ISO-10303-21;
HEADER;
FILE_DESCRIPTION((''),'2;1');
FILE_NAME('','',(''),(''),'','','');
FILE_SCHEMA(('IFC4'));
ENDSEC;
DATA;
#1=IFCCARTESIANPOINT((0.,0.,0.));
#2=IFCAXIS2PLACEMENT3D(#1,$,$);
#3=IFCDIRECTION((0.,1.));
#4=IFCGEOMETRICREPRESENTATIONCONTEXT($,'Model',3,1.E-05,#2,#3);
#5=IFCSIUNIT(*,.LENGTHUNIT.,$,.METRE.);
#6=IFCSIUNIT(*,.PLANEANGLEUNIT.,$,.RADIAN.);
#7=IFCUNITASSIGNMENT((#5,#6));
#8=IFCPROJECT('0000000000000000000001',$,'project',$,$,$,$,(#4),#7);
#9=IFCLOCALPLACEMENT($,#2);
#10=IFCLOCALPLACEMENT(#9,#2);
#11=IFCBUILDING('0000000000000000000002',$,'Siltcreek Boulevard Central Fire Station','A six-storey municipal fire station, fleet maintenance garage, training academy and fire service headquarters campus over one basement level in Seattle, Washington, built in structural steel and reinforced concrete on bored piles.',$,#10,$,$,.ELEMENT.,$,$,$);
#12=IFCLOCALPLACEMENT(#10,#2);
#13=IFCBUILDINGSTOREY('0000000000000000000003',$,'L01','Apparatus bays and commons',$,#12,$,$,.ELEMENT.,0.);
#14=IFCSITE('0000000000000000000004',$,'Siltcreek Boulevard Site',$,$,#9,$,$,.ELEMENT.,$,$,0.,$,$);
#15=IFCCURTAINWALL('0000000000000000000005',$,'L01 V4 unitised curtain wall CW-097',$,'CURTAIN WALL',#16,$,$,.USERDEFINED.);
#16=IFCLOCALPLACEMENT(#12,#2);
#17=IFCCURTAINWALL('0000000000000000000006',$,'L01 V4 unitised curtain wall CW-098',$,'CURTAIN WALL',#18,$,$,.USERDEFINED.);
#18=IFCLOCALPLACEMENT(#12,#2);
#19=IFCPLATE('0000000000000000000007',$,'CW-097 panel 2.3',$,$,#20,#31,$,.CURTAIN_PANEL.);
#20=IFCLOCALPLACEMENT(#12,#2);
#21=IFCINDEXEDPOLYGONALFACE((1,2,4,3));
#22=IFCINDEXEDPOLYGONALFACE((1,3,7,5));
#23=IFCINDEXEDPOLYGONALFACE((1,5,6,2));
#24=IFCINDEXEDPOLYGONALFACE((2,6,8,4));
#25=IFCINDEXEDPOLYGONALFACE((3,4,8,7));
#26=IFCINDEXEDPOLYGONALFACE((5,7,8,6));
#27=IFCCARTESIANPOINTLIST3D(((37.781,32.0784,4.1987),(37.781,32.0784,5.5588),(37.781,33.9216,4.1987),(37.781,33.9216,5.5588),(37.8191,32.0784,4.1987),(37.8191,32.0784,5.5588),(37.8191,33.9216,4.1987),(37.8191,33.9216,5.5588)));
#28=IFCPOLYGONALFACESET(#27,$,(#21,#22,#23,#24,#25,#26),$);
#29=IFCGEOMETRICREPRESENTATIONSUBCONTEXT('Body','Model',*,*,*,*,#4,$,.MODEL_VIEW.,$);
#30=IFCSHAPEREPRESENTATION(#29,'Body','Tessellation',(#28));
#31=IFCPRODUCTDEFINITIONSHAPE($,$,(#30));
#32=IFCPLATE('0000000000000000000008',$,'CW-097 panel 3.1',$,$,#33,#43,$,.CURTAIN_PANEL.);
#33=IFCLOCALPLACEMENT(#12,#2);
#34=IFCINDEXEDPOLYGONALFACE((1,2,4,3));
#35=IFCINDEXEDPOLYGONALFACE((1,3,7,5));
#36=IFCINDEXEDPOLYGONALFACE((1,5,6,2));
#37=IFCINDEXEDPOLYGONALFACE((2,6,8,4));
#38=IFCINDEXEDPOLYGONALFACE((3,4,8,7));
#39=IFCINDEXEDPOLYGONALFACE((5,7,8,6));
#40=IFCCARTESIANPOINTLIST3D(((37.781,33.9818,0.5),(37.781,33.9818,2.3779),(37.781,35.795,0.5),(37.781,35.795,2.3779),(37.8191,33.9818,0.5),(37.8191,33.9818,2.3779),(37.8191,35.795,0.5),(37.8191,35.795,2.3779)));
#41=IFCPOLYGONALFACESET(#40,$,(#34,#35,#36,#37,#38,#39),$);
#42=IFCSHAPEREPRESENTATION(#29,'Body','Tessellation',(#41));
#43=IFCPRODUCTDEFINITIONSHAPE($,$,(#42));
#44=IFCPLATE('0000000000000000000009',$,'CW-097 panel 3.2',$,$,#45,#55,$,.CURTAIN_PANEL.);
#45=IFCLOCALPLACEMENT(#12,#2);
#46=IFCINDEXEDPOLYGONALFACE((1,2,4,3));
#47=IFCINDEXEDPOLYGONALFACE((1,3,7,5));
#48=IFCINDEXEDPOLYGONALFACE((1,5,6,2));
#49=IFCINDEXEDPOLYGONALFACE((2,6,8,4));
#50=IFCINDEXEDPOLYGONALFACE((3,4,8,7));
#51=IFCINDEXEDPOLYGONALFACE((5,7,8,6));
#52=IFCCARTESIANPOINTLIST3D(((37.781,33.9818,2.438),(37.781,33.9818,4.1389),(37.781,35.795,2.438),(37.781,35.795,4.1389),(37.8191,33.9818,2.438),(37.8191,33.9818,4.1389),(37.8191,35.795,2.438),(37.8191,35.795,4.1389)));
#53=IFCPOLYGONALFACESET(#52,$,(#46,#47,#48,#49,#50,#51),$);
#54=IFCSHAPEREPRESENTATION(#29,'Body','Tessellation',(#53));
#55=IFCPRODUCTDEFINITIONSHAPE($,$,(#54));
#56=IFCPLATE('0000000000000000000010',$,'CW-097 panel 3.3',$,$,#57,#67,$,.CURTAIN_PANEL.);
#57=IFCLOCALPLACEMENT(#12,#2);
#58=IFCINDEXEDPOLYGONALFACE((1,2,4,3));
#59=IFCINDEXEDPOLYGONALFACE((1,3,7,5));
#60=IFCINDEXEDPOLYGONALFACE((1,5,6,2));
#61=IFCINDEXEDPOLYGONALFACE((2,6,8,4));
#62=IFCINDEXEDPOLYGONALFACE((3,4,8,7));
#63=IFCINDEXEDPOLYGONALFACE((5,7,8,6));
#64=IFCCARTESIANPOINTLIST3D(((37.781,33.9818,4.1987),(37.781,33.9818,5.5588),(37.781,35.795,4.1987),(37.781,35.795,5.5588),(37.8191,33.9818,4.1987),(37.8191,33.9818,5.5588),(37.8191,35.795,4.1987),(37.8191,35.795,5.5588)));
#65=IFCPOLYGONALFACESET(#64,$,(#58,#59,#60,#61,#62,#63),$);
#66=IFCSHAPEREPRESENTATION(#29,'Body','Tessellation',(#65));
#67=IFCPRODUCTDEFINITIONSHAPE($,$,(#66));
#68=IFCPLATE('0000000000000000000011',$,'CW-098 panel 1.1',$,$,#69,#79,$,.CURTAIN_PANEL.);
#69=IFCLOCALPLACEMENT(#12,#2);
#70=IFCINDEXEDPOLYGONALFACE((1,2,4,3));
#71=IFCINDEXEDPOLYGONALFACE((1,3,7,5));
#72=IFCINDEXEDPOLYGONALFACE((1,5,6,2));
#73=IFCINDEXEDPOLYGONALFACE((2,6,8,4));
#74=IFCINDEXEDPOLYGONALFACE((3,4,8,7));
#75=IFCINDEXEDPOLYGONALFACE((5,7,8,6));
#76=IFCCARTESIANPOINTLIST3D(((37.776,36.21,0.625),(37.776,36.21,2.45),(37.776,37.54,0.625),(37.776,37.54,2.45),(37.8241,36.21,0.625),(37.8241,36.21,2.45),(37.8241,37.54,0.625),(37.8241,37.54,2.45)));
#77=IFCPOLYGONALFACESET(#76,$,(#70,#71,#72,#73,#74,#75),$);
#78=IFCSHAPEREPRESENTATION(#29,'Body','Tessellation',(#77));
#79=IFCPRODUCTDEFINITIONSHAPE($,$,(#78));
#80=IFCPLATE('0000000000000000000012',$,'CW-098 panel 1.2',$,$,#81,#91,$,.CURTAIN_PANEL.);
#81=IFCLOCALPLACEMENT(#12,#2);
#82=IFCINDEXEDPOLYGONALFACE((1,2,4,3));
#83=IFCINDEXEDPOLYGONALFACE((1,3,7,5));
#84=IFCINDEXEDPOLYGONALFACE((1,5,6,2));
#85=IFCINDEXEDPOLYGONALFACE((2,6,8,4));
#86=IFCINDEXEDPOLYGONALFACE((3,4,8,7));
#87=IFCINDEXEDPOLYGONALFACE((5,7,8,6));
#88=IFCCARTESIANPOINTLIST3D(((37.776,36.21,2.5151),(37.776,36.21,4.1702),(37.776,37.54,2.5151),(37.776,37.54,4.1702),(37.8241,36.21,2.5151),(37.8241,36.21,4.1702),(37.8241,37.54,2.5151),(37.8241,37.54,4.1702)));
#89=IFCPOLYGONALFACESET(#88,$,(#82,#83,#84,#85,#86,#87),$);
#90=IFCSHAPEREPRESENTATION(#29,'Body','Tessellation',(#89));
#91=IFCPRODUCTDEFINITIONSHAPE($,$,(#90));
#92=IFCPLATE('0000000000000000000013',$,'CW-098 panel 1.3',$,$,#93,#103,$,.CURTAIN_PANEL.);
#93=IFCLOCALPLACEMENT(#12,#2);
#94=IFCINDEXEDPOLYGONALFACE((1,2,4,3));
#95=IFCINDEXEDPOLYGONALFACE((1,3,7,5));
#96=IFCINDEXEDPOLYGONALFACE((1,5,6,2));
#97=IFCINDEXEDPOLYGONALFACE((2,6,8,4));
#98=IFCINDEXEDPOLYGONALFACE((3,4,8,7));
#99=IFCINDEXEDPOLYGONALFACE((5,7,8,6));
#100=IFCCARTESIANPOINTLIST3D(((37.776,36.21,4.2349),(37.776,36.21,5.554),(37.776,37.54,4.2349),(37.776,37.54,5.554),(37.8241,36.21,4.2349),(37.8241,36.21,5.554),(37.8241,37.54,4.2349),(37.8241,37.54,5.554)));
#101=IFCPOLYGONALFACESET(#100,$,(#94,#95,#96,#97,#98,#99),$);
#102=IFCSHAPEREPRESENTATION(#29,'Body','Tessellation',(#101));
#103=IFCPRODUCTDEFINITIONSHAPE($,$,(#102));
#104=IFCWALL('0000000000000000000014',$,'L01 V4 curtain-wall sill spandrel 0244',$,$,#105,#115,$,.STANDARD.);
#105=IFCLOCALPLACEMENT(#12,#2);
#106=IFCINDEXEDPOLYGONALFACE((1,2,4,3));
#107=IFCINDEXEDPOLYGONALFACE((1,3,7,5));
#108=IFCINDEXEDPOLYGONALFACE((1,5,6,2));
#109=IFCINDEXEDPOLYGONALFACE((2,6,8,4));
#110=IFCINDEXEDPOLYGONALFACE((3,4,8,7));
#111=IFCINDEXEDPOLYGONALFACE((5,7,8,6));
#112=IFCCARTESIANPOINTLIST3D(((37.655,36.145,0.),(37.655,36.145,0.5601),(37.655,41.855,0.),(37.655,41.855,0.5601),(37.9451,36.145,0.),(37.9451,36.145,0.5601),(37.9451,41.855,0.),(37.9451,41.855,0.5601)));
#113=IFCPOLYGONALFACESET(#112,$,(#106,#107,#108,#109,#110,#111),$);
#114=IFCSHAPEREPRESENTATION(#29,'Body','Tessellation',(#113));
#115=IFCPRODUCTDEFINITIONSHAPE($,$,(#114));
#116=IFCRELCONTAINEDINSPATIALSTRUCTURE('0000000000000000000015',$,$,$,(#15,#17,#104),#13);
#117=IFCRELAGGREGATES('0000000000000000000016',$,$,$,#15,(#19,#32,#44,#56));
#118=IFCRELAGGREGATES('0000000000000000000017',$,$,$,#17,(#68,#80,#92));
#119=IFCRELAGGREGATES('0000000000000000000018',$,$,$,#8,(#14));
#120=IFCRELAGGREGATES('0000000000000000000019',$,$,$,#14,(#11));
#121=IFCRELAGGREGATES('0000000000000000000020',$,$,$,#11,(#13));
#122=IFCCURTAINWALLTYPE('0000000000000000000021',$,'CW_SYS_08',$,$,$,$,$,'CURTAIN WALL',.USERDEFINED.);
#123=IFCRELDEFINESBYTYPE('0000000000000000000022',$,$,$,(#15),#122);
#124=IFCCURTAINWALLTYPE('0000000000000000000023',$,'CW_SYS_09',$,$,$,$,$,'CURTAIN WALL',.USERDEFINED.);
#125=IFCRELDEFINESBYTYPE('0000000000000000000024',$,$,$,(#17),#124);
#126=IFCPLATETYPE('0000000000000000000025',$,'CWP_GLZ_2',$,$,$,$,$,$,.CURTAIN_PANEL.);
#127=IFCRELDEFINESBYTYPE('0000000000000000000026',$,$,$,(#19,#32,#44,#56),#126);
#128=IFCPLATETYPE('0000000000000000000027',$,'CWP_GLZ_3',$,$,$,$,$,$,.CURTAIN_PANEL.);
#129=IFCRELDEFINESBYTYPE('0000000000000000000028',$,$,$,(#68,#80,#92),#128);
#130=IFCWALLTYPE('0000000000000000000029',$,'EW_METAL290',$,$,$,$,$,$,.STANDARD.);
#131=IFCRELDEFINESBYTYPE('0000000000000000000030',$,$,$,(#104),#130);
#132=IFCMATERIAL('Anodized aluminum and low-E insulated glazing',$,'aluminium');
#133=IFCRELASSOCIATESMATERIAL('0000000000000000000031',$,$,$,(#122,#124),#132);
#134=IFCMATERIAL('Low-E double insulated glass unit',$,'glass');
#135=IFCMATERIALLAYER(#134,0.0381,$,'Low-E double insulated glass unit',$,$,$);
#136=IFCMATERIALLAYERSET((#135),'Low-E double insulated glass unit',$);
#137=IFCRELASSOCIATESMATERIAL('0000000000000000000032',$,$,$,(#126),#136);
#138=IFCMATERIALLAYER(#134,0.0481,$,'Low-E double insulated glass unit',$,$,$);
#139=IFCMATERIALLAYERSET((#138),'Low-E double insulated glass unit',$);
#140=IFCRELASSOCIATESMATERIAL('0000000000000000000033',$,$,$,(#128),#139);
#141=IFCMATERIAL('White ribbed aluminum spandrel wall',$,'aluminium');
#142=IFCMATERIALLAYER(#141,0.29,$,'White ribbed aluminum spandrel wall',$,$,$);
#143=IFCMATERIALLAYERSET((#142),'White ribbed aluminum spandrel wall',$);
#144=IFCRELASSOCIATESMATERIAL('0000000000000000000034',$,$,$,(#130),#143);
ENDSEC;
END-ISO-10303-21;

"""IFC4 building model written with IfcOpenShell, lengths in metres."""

from ifc_helpers import new_model, si_unit, direction, frame, frame_2d, origin, origin_2d, place, context, subcontext, project, spatial, rectangle, extrude, material, layer, layer_set, type_object, element, aggregate, save


model = new_model("IFC4")

# Units and contexts
model_context = context("Model", 3, precision=1e-05, world=origin(), true_north=direction((0.0, 1.0)))
body_context = subcontext(model_context, "Body", "Model", "MODEL_VIEW")
ifc_project = project(units=[si_unit("LENGTHUNIT", "METRE"), si_unit("PLANEANGLEUNIT", "RADIAN")], contexts=[model_context])

# Site, building, storey
site_placement = place(None, origin())
site = spatial("IfcSite", under=ifc_project, at=site_placement, Name="Siltcreek Boulevard Site", CompositionType="ELEMENT", RefElevation=0.0)
building_placement = place(site_placement, origin())
building = spatial("IfcBuilding", under=site, at=building_placement, Name="Siltcreek Boulevard Central Fire Station", Description="A six-storey municipal fire station, fleet maintenance garage, training academy and fire service headquarters campus over one basement level in Seattle, Washington, built in structural steel and reinforced concrete on bored piles.", CompositionType="ELEMENT")
storey_placement = place(building_placement, origin())
storey = spatial("IfcBuildingStorey", under=building, at=storey_placement, Name="L01", Description="Apparatus bays and commons", CompositionType="ELEMENT", Elevation=0.0)

# Curtain walls
ifc_material_1 = material(Name="Anodized aluminum and low-E insulated glazing", Category="aluminium")
curtain_wall_type_1 = type_object("IfcCurtainWallType", Name="CW_SYS_08", ElementType="CURTAIN WALL", PredefinedType="USERDEFINED", material=ifc_material_1)
curtain_wall_1_placement = place(storey_placement, origin())
curtain_wall_1 = element("IfcCurtainWall", 1, at=curtain_wall_1_placement, inside=storey, type_object=curtain_wall_type_1, Name="L01 V4 unitised curtain wall CW-097", ObjectType="CURTAIN WALL", PredefinedType="USERDEFINED")
curtain_wall_type_2 = type_object("IfcCurtainWallType", Name="CW_SYS_09", ElementType="CURTAIN WALL", PredefinedType="USERDEFINED", material=ifc_material_1)
curtain_wall_2_placement = place(storey_placement, origin())
curtain_wall_2 = element("IfcCurtainWall", 2, at=curtain_wall_2_placement, inside=storey, type_object=curtain_wall_type_2, Name="L01 V4 unitised curtain wall CW-098", ObjectType="CURTAIN WALL", PredefinedType="USERDEFINED")

# Plates
ifc_material_2 = material(Name="Low-E double insulated glass unit", Category="glass")
ifc_layer_1 = layer(ifc_material_2, 0.0381, Name="Low-E double insulated glass unit")
ifc_layer_set_1 = layer_set([ifc_layer_1], Name="Low-E double insulated glass unit")
plate_type_1 = type_object("IfcPlateType", Name="CWP_GLZ_2", PredefinedType="CURTAIN_PANEL", material=ifc_layer_set_1)
plate_1_placement = place(storey_placement, frame((37.8, 33.0, 4.1987), z_axis=(0.0, 0.0, 1.0), x_axis=(0.0, 1.0, 0.0)))
plate_1 = element("IfcPlate", 3, at=plate_1_placement, type_object=plate_type_1, Name="CW-097 panel 2.3", PredefinedType="CURTAIN_PANEL", context=body_context, shape_type="SweptSolid", body=[
    extrude(rectangle(XDim=1.8433, YDim=0.0381, at=origin_2d()), origin(), (0.0, 0.0, 1.0), 1.3601),
])
plate_2_placement = place(storey_placement, frame((37.8, 34.8884, 0.5), z_axis=(0.0, 0.0, 1.0), x_axis=(0.0, 1.0, 0.0)))
plate_2 = element("IfcPlate", 4, at=plate_2_placement, type_object=plate_type_1, Name="CW-097 panel 3.1", PredefinedType="CURTAIN_PANEL", context=body_context, shape_type="SweptSolid", body=[
    extrude(rectangle(XDim=1.8132, YDim=0.0381, at=origin_2d()), origin(), (0.0, 0.0, 1.0), 1.8779),
])
plate_3_placement = place(storey_placement, frame((37.8, 34.8884, 2.438), z_axis=(0.0, 0.0, 1.0), x_axis=(0.0, 1.0, 0.0)))
plate_3 = element("IfcPlate", 5, at=plate_3_placement, type_object=plate_type_1, Name="CW-097 panel 3.2", PredefinedType="CURTAIN_PANEL", context=body_context, shape_type="SweptSolid", body=[
    extrude(rectangle(XDim=1.8132, YDim=0.0381, at=origin_2d()), origin(), (0.0, 0.0, 1.0), 1.7009),
])
plate_4_placement = place(storey_placement, frame((37.8, 34.8884, 4.1987), z_axis=(0.0, 0.0, 1.0), x_axis=(0.0, 1.0, 0.0)))
plate_4 = element("IfcPlate", 6, at=plate_4_placement, type_object=plate_type_1, Name="CW-097 panel 3.3", PredefinedType="CURTAIN_PANEL", context=body_context, shape_type="SweptSolid", body=[
    extrude(rectangle(XDim=1.8132, YDim=0.0381, at=origin_2d()), origin(), (0.0, 0.0, 1.0), 1.3601),
])
aggregate(curtain_wall_1, [plate_1, plate_2, plate_3, plate_4])
ifc_layer_2 = layer(ifc_material_2, 0.0481, Name="Low-E double insulated glass unit")
ifc_layer_set_2 = layer_set([ifc_layer_2], Name="Low-E double insulated glass unit")
plate_type_2 = type_object("IfcPlateType", Name="CWP_GLZ_3", PredefinedType="CURTAIN_PANEL", material=ifc_layer_set_2)
plate_5_placement = place(storey_placement, frame((37.8, 36.875, 0.625), z_axis=(0.0, 0.0, 1.0), x_axis=(0.0, 1.0, 0.0)))
plate_5 = element("IfcPlate", 7, at=plate_5_placement, type_object=plate_type_2, Name="CW-098 panel 1.1", PredefinedType="CURTAIN_PANEL", context=body_context, shape_type="SweptSolid", body=[
    extrude(rectangle(XDim=1.3301, YDim=0.0481, at=origin_2d()), origin(), (0.0, 0.0, 1.0), 1.825),
])
plate_6_placement = place(storey_placement, frame((37.8, 36.875, 2.5151), z_axis=(0.0, 0.0, 1.0), x_axis=(0.0, 1.0, 0.0)))
plate_6 = element("IfcPlate", 8, at=plate_6_placement, type_object=plate_type_2, Name="CW-098 panel 1.2", PredefinedType="CURTAIN_PANEL", context=body_context, shape_type="SweptSolid", body=[
    extrude(rectangle(XDim=1.3301, YDim=0.0481, at=origin_2d()), origin(), (0.0, 0.0, 1.0), 1.655),
])
plate_7_placement = place(storey_placement, frame((37.8, 36.875, 4.2349), z_axis=(0.0, 0.0, 1.0), x_axis=(0.0, 1.0, 0.0)))
plate_7 = element("IfcPlate", 9, at=plate_7_placement, type_object=plate_type_2, Name="CW-098 panel 1.3", PredefinedType="CURTAIN_PANEL", context=body_context, shape_type="SweptSolid", body=[
    extrude(rectangle(XDim=1.3301, YDim=0.0481, at=origin_2d()), origin(), (0.0, 0.0, 1.0), 1.3191),
])
aggregate(curtain_wall_2, [plate_5, plate_6, plate_7])

# Wall
ifc_material_3 = material(Name="White ribbed aluminum spandrel wall", Category="aluminium")
ifc_layer_3 = layer(ifc_material_3, 0.29, Name="White ribbed aluminum spandrel wall")
ifc_layer_set_3 = layer_set([ifc_layer_3], Name="White ribbed aluminum spandrel wall")
wall_type = type_object("IfcWallType", Name="EW_METAL290", PredefinedType="STANDARD", material=ifc_layer_set_3)
wall_placement = place(storey_placement, frame((37.8, 36.145, 0.0), z_axis=(0.0, 0.0, 1.0), x_axis=(0.0, 1.0, 0.0)))
element("IfcWall", 10, at=wall_placement, inside=storey, type_object=wall_type, Name="L01 V4 curtain-wall sill spandrel 0244", PredefinedType="STANDARD", context=body_context, shape_type="SweptSolid", body=[
    extrude(rectangle(XDim=5.71, YDim=0.29, at=frame_2d((2.855, 0.0))), origin(), (0.0, 0.0, 1.0), 0.5601),
])

save(model, "model.ifc")
